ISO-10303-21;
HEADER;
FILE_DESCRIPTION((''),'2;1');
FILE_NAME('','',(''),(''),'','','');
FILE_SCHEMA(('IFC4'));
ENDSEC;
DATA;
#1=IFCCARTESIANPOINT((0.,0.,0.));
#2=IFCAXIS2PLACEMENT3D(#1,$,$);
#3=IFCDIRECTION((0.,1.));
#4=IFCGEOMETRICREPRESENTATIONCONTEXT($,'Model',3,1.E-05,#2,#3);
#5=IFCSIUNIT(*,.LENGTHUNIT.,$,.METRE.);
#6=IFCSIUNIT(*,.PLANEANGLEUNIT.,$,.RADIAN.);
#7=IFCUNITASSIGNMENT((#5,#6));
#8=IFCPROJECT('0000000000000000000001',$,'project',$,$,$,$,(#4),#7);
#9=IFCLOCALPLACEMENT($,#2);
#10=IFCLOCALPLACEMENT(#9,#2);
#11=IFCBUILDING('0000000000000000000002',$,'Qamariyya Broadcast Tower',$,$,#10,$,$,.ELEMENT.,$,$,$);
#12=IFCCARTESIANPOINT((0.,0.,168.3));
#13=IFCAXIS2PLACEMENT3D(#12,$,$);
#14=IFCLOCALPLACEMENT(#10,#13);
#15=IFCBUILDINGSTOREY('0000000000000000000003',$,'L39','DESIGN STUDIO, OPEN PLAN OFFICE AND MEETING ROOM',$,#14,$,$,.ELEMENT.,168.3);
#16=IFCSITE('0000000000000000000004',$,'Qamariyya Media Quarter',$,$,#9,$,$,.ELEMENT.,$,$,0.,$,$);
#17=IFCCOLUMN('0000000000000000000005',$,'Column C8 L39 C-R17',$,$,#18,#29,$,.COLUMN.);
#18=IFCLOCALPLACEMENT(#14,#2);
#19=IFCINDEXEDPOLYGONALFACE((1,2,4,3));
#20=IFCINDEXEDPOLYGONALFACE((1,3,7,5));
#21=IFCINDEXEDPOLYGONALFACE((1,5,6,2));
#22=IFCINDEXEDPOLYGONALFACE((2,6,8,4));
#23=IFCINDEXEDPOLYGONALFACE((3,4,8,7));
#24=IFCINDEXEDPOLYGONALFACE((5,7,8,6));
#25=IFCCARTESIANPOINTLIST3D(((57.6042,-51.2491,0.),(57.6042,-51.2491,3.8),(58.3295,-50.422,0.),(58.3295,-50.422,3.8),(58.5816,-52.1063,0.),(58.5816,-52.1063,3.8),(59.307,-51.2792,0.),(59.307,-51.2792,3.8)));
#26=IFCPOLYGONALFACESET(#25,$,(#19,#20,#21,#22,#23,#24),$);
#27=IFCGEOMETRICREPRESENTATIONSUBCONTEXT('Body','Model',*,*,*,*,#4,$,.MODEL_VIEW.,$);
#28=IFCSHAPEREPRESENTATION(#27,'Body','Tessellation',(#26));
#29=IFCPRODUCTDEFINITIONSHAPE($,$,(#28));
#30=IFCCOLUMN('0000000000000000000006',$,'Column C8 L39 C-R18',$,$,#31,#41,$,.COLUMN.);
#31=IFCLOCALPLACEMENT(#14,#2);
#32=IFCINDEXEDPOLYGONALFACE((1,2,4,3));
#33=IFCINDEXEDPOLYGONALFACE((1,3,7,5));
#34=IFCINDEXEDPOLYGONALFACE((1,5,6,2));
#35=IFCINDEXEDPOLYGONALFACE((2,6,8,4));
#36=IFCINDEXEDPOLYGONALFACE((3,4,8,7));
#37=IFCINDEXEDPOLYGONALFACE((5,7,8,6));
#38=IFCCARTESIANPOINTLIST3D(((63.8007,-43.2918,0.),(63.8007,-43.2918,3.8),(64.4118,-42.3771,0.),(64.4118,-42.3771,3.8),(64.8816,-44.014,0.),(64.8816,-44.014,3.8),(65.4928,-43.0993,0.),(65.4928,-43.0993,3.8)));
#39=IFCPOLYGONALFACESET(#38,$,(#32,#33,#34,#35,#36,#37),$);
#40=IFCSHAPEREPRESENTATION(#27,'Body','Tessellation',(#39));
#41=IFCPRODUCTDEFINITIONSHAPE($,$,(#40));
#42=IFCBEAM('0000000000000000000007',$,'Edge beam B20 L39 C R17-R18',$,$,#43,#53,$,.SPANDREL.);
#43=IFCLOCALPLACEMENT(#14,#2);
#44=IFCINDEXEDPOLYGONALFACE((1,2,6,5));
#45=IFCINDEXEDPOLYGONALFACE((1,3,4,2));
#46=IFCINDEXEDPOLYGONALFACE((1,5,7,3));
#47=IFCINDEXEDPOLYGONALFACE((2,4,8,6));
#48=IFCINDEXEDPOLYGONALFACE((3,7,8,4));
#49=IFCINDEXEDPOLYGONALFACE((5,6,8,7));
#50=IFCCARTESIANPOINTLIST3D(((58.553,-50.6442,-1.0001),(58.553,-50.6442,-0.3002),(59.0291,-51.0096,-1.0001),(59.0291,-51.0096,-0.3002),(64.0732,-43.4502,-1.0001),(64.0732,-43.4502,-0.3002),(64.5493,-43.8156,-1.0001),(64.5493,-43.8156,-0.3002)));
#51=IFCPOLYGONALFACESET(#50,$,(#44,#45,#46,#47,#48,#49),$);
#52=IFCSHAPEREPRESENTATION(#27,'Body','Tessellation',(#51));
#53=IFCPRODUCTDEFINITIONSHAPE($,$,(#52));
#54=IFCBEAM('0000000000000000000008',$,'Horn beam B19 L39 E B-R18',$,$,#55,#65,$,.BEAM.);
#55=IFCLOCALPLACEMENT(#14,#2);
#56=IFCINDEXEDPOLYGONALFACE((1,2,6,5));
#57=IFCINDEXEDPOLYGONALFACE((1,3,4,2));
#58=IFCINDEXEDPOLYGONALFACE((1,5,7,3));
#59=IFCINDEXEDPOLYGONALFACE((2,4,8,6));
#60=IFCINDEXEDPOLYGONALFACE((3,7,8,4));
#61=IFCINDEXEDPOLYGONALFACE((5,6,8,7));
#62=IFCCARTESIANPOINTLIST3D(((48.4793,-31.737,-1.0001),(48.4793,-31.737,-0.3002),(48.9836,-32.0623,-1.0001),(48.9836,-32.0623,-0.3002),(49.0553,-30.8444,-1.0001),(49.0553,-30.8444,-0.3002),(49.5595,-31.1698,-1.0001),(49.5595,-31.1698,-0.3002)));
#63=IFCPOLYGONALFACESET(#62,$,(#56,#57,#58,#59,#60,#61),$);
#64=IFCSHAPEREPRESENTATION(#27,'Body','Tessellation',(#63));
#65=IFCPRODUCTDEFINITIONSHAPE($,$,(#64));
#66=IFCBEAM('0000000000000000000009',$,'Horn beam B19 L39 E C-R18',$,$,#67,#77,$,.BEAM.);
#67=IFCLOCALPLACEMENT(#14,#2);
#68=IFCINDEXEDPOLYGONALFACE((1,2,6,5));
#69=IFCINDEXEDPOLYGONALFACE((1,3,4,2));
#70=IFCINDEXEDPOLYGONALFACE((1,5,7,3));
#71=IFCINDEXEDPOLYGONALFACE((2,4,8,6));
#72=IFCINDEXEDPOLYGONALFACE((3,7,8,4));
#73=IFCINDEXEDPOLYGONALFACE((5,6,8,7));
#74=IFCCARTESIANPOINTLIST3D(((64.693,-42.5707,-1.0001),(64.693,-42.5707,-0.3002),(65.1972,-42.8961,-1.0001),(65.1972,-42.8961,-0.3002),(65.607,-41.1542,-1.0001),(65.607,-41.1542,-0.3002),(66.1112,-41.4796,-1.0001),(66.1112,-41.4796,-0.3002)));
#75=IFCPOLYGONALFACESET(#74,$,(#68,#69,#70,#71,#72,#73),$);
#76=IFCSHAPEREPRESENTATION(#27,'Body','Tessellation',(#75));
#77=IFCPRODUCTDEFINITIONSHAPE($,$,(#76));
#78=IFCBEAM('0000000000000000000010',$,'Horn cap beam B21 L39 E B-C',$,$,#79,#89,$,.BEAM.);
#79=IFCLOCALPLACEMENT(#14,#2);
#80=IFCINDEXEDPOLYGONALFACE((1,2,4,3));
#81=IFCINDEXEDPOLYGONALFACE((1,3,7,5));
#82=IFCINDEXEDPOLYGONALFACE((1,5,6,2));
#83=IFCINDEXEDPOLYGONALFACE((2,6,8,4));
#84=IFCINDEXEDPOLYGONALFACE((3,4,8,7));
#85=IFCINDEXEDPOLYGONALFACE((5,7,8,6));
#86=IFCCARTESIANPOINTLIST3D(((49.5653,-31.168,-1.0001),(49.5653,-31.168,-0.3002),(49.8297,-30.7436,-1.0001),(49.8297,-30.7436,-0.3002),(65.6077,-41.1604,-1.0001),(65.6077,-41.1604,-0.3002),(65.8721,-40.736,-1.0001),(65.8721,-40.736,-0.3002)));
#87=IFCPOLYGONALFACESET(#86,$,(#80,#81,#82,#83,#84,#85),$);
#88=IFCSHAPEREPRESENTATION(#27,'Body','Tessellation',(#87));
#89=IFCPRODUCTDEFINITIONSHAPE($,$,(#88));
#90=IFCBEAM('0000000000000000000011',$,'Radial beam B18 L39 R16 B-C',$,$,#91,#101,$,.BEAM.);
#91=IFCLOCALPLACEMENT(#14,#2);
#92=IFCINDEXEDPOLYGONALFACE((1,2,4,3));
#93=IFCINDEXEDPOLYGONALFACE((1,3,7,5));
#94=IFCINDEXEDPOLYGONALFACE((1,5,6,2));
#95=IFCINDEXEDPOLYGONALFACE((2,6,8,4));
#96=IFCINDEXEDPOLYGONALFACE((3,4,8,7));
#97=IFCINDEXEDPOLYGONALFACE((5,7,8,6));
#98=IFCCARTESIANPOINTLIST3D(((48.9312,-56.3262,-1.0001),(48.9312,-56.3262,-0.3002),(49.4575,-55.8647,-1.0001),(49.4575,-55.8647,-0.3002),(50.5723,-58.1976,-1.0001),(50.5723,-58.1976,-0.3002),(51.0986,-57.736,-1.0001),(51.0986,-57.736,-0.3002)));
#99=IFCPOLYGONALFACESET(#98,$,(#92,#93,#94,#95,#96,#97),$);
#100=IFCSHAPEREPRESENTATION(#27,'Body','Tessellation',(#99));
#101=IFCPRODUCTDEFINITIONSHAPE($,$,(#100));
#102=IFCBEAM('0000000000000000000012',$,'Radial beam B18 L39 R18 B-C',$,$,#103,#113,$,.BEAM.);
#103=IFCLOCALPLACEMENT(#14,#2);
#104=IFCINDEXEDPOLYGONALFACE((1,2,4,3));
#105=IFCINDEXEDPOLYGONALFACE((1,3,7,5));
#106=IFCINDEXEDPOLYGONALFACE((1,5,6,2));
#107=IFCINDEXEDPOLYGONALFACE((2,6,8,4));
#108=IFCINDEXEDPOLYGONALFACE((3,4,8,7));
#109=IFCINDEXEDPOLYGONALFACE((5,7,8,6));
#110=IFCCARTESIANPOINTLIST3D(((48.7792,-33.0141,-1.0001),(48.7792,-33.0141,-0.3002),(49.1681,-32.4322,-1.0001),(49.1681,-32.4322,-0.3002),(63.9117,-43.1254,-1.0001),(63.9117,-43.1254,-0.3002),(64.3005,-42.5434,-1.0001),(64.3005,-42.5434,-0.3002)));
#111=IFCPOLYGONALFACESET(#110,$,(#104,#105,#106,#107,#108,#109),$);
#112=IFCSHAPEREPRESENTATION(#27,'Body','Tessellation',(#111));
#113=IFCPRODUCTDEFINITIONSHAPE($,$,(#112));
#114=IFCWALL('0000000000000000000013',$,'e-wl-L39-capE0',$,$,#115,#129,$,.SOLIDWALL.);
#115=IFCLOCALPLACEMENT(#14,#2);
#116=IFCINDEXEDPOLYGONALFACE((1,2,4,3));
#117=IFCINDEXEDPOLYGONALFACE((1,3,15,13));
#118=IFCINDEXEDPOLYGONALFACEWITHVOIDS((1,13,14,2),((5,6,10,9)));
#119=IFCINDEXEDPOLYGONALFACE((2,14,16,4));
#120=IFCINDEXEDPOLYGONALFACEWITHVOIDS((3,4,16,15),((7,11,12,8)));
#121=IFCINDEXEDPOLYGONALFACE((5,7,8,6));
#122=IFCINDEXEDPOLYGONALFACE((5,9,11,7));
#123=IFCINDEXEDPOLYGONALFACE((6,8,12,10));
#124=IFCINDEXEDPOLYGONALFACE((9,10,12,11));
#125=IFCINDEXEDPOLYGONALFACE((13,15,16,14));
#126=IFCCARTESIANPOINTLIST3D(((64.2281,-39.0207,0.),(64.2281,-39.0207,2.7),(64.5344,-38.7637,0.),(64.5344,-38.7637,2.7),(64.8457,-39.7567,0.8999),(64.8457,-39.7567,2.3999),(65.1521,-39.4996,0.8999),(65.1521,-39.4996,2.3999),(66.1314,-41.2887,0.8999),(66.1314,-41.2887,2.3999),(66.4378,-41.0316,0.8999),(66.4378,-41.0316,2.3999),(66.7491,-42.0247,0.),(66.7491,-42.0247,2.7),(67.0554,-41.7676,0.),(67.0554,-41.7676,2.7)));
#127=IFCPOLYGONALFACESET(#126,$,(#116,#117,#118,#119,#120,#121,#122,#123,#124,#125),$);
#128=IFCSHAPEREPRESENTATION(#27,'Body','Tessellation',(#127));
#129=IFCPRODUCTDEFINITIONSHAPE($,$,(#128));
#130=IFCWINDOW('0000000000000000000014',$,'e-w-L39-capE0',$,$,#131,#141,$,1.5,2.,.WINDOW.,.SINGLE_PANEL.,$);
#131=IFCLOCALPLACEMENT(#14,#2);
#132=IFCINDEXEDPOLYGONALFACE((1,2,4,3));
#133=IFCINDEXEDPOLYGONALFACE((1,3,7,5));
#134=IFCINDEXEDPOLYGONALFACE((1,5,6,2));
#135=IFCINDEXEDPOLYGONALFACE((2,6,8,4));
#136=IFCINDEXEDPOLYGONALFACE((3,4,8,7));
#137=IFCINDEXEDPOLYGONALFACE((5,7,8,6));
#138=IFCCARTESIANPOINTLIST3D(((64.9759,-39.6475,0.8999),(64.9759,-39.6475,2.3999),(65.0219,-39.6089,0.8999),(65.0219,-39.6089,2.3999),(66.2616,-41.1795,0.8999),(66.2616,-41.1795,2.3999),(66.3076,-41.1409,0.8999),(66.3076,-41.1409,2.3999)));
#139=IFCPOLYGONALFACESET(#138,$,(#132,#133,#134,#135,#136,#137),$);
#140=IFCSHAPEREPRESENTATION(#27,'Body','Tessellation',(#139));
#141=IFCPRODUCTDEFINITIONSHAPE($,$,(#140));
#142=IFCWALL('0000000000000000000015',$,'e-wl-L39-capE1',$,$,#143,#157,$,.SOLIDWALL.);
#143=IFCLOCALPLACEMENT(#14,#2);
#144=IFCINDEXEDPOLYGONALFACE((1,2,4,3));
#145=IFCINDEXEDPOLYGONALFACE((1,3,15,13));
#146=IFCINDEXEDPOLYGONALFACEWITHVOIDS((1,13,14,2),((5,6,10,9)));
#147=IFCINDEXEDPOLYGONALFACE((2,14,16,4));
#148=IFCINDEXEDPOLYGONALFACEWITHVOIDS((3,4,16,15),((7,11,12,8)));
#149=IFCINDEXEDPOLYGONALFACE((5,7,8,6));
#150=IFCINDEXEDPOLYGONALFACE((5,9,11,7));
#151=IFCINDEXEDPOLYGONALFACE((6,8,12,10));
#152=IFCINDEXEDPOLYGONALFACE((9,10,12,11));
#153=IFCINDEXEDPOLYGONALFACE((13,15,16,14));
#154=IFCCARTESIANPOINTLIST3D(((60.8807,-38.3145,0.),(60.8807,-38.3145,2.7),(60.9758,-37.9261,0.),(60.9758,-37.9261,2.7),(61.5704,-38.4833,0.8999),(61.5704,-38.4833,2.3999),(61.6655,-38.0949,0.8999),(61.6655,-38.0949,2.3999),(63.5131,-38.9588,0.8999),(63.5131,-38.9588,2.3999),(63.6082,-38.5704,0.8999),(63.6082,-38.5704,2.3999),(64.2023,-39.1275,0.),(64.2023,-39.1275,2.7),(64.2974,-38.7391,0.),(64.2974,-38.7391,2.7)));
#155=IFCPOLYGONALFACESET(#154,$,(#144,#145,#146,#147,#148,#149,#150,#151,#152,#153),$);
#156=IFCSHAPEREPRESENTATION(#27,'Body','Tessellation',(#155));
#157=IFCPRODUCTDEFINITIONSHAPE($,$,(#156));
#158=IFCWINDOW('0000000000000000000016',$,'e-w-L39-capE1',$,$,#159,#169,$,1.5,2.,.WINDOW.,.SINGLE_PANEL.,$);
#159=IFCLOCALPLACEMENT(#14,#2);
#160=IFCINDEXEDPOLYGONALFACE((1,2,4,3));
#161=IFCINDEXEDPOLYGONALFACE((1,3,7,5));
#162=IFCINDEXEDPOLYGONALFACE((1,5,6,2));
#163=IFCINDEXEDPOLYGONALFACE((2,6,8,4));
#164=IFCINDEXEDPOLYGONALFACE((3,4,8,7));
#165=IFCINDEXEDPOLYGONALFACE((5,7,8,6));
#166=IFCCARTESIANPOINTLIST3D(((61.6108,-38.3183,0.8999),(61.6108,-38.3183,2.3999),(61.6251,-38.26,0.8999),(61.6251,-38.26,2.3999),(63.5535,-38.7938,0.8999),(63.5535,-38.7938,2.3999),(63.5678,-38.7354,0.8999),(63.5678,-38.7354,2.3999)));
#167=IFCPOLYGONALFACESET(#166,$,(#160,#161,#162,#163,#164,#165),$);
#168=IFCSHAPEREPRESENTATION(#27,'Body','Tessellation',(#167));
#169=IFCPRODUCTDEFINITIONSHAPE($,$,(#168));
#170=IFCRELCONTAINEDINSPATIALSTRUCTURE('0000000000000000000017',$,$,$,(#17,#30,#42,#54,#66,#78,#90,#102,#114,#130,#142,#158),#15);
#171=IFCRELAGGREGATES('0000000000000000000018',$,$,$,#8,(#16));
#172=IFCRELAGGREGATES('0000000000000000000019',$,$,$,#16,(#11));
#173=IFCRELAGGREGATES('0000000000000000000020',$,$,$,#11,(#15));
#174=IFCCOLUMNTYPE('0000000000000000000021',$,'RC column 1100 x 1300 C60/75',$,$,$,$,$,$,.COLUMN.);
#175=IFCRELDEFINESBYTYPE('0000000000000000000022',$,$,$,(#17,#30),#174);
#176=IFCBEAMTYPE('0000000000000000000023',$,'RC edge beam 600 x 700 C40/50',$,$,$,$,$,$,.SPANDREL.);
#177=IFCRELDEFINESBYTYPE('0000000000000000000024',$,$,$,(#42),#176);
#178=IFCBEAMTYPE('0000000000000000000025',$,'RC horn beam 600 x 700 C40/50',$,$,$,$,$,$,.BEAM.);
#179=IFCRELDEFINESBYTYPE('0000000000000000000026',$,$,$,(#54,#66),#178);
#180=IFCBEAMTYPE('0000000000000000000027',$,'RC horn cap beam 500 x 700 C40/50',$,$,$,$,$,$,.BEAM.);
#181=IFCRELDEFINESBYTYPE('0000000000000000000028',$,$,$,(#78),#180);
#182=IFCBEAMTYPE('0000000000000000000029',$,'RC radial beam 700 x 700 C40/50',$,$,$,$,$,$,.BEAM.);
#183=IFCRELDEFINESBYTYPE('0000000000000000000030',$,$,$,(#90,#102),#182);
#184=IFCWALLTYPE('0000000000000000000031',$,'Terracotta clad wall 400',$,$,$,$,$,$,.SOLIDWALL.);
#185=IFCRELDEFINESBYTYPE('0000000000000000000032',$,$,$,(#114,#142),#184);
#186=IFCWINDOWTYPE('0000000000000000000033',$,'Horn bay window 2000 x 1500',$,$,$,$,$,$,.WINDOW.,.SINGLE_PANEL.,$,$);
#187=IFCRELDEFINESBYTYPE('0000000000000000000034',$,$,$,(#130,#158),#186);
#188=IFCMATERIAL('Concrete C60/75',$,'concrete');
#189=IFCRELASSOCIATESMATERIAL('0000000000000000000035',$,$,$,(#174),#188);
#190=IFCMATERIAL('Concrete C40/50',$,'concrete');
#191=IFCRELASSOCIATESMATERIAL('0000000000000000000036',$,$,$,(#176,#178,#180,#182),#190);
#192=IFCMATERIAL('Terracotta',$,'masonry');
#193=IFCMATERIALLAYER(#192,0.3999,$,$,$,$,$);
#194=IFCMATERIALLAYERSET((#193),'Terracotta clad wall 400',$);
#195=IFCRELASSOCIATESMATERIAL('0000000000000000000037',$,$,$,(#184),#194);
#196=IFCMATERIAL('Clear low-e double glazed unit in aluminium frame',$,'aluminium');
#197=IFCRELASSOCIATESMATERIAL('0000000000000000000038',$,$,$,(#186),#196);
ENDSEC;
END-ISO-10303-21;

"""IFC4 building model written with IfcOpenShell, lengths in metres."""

from ifc_helpers import new_model, si_unit, direction, frame, frame_2d, origin, origin_2d, place, context, subcontext, project, spatial, rectangle, extrude, material, layer, layer_set, material_profile, profile_set, type_object, element, fill, save


model = new_model("IFC4")

# Units and contexts
model_context = context("Model", 3, precision=1e-05, world=origin(), true_north=direction((0.0, 1.0)))
body_context = subcontext(model_context, "Body", "Model", "MODEL_VIEW")
ifc_project = project(units=[si_unit("LENGTHUNIT", "METRE"), si_unit("PLANEANGLEUNIT", "RADIAN")], contexts=[model_context])

# Site, building, storey
site_placement = place(None, origin())
site = spatial("IfcSite", under=ifc_project, at=site_placement, Name="Qamariyya Media Quarter", CompositionType="ELEMENT", RefElevation=0.0)
building_placement = place(site_placement, origin())
building = spatial("IfcBuilding", under=site, at=building_placement, Name="Qamariyya Broadcast Tower", CompositionType="ELEMENT")
storey_placement = place(building_placement, frame((0.0, 0.0, 168.3)))
storey = spatial("IfcBuildingStorey", under=building, at=storey_placement, Name="L39", Description="DESIGN STUDIO, OPEN PLAN OFFICE AND MEETING ROOM", CompositionType="ELEMENT", Elevation=168.3)

# Columns
ifc_material_1 = material(Name="Concrete C60/75", Category="concrete")
ifc_material_profile_1 = material_profile(ifc_material_1, rectangle(XDim=1.1001, YDim=1.3, at=origin_2d()))
ifc_profile_set_1 = profile_set([ifc_material_profile_1], Name="Concrete C60/75")
column_type = type_object("IfcColumnType", Name="RC column 1100 x 1300 C60/75", PredefinedType="COLUMN", material=ifc_profile_set_1)
for number, where, z_axis, x_axis, name in (
    (1, (58.4556, -51.2642, 0.0), (0.0, 0.0, 1.0), (0.659346, 0.75184, 0.0), "Column C8 L39 C-R17"),
    (2, (64.6467, -43.1956, 0.0), (0.0, 0.0, 1.0), (0.55557, 0.83147, 0.0), "Column C8 L39 C-R18"),
):
    element("IfcColumn", number, at=place(storey_placement, frame(where, z_axis=z_axis, x_axis=x_axis)), inside=storey, type_object=column_type, Name=name, PredefinedType="COLUMN", context=body_context, shape_type="SweptSolid", body=[
        extrude(rectangle(XDim=1.1001, YDim=1.3, at=origin_2d()), origin(), (0.0, 0.0, 1.0), 3.8),
    ])

# Beams
ifc_material_2 = material(Name="Concrete C40/50", Category="concrete")
ifc_material_profile_2 = material_profile(ifc_material_2, rectangle(XDim=0.6001, YDim=0.7, at=origin_2d()))
ifc_profile_set_2 = profile_set([ifc_material_profile_2], Name="Concrete C40/50")
beam_type_1 = type_object("IfcBeamType", Name="RC edge beam 600 x 700 C40/50", PredefinedType="SPANDREL", material=ifc_profile_set_2)
beam_1_placement = place(storey_placement, frame((58.791, -50.8269, -0.6501), z_axis=(0.608764, 0.793351, 0.0), x_axis=(-0.793351, 0.608764, 0.0)))
element("IfcBeam", 3, at=beam_1_placement, inside=storey, type_object=beam_type_1, Name="Edge beam B20 L39 C R17-R18", PredefinedType="SPANDREL", context=body_context, shape_type="SweptSolid", body=[
    extrude(rectangle(XDim=0.6001, YDim=0.7, at=origin_2d()), origin(), (0.0, 0.0, 1.0), 9.0679),
])
ifc_material_profile_3 = material_profile(ifc_material_2, rectangle(XDim=0.6001, YDim=0.7, at=origin_2d()))
ifc_profile_set_3 = profile_set([ifc_material_profile_3], Name="Concrete C40/50")
beam_type_2 = type_object("IfcBeamType", Name="RC horn beam 600 x 700 C40/50", PredefinedType="BEAM", material=ifc_profile_set_3)
beam_2_placement = place(storey_placement, frame((48.7314, -31.8997, -0.6501), z_axis=(0.542174, 0.840266, 0.0), x_axis=(-0.840266, 0.542174, 0.0)))
element("IfcBeam", 4, at=beam_2_placement, inside=storey, type_object=beam_type_2, Name="Horn beam B19 L39 E B-R18", PredefinedType="BEAM", context=body_context, shape_type="SweptSolid", body=[
    extrude(rectangle(XDim=0.6001, YDim=0.7, at=origin_2d()), origin(), (0.0, 0.0, 1.0), 1.0623),
])
beam_3_placement = place(storey_placement, frame((64.9451, -42.7334, -0.6501), z_axis=(0.542206, 0.840246, 0.0), x_axis=(-0.840246, 0.542206, 0.0)))
element("IfcBeam", 5, at=beam_3_placement, inside=storey, type_object=beam_type_2, Name="Horn beam B19 L39 E C-R18", PredefinedType="BEAM", context=body_context, shape_type="SweptSolid", body=[
    extrude(rectangle(XDim=0.6001, YDim=0.7, at=origin_2d()), origin(), (0.0, 0.0, 1.0), 1.6858),
])
ifc_material_profile_4 = material_profile(ifc_material_2, rectangle(XDim=0.5, YDim=0.7, at=origin_2d()))
ifc_profile_set_4 = profile_set([ifc_material_profile_4], Name="Concrete C40/50")
beam_type_3 = type_object("IfcBeamType", Name="RC horn cap beam 500 x 700 C40/50", PredefinedType="BEAM", material=ifc_profile_set_4)
beam_4_placement = place(storey_placement, frame((49.6975, -30.9558, -0.6501), z_axis=(0.848809, -0.5287, 0.0), x_axis=(0.5287, 0.848809, 0.0)))
element("IfcBeam", 6, at=beam_4_placement, inside=storey, type_object=beam_type_3, Name="Horn cap beam B21 L39 E B-C", PredefinedType="BEAM", context=body_context, shape_type="SweptSolid", body=[
    extrude(rectangle(XDim=0.5, YDim=0.7, at=origin_2d()), origin(), (0.0, 0.0, 1.0), 18.8999),
])
ifc_material_profile_5 = material_profile(ifc_material_2, rectangle(XDim=0.7, YDim=0.7, at=origin_2d()))
ifc_profile_set_5 = profile_set([ifc_material_profile_5], Name="Concrete C40/50")
beam_type_4 = type_object("IfcBeamType", Name="RC radial beam 700 x 700 C40/50", PredefinedType="BEAM", material=ifc_profile_set_5)
beam_5_placement = place(storey_placement, frame((49.1943, -56.0955, -0.6501), z_axis=(0.659344, -0.751841, 0.0), x_axis=(0.751841, 0.659344, 0.0)))
element("IfcBeam", 7, at=beam_5_placement, inside=storey, type_object=beam_type_4, Name="Radial beam B18 L39 R16 B-C", PredefinedType="BEAM", context=body_context, shape_type="SweptSolid", body=[
    extrude(rectangle(XDim=0.7, YDim=0.7, at=origin_2d()), origin(), (0.0, 0.0, 1.0), 2.489),
])
beam_6_placement = place(storey_placement, frame((48.9736, -32.7231, -0.6501), z_axis=(0.831468, -0.555573, 0.0), x_axis=(0.555573, 0.831468, 0.0)))
element("IfcBeam", 8, at=beam_6_placement, inside=storey, type_object=beam_type_4, Name="Radial beam B18 L39 R18 B-C", PredefinedType="BEAM", context=body_context, shape_type="SweptSolid", body=[
    extrude(rectangle(XDim=0.7, YDim=0.7, at=origin_2d()), origin(), (0.0, 0.0, 1.0), 18.1997),
])

# Walls, openings, windows
ifc_material_3 = material(Name="Terracotta", Category="masonry")
ifc_layer = layer(ifc_material_3, 0.3999)
ifc_layer_set = layer_set([ifc_layer], Name="Terracotta clad wall 400")
wall_type = type_object("IfcWallType", Name="Terracotta clad wall 400", PredefinedType="SOLIDWALL", material=ifc_layer_set)
wall_1_placement = place(storey_placement, frame((66.9023, -41.8962, 0.0), z_axis=(0.0, 0.0, 1.0), x_axis=(-0.64285, 0.765992, 0.0)))
wall_1 = element("IfcWall", 9, at=wall_1_placement, inside=storey, type_object=wall_type, Name="e-wl-L39-capE0", PredefinedType="SOLIDWALL", context=body_context, shape_type="SweptSolid", body=[
    extrude(rectangle(XDim=3.9216, YDim=0.3999, at=frame_2d((1.9609, 0.0))), origin(), (0.0, 0.0, 1.0), 2.7),
])
opening_1_placement = place(wall_1_placement, frame((0.9609, 0.0, 0.8999)))
opening_1 = element("IfcOpeningElement", 10, at=opening_1_placement, cuts=wall_1, PredefinedType="OPENING", context=body_context, shape_type="SweptSolid", body=[
    extrude(rectangle(XDim=2.0, YDim=1.5, at=frame_2d((1.0, 0.75))), frame((0.0, 0.21, 0.0), z_axis=(0.0, -1.0, 0.0), x_axis=(1.0, 0.0, 0.0)), (0.0, 0.0, 1.0), 0.4199),
])
ifc_material_4 = material(Name="Clear low-e double glazed unit in aluminium frame", Category="aluminium")
window_type = type_object("IfcWindowType", Name="Horn bay window 2000 x 1500", PartitioningType="SINGLE_PANEL", PredefinedType="WINDOW", material=ifc_material_4)
window_1_placement = place(opening_1_placement, origin())
window_1 = element("IfcWindow", 11, at=window_1_placement, inside=storey, type_object=window_type, Name="e-w-L39-capE0", OverallHeight=1.5, OverallWidth=2.0, PartitioningType="SINGLE_PANEL", PredefinedType="WINDOW", context=body_context, shape_type="SweptSolid", body=[
    extrude(rectangle(XDim=2.0, YDim=1.5, at=frame_2d((1.0, 0.75))), frame((0.0, 0.03, 0.0), z_axis=(0.0, -1.0, 0.0), x_axis=(1.0, 0.0, 0.0)), (0.0, 0.0, 1.0), 0.0601),
])
fill(opening_1, window_1)
wall_2_placement = place(storey_placement, frame((64.25, -38.9333, 0.0), z_axis=(0.0, 0.0, 1.0), x_axis=(-0.971328, 0.237745, 0.0)))
wall_2 = element("IfcWall", 12, at=wall_2_placement, inside=storey, type_object=wall_type, Name="e-wl-L39-capE1", PredefinedType="SOLIDWALL", context=body_context, shape_type="SweptSolid", body=[
    extrude(rectangle(XDim=3.4197, YDim=0.3999, at=frame_2d((1.71, 0.0))), origin(), (0.0, 0.0, 1.0), 2.7),
])
opening_2_placement = place(wall_2_placement, frame((0.7097, 0.0, 0.8999)))
opening_2 = element("IfcOpeningElement", 13, at=opening_2_placement, cuts=wall_2, PredefinedType="OPENING", context=body_context, shape_type="SweptSolid", body=[
    extrude(rectangle(XDim=2.0, YDim=1.5, at=frame_2d((1.0, 0.75))), frame((0.0, 0.21, 0.0), z_axis=(0.0, -1.0, 0.0), x_axis=(1.0, 0.0, 0.0)), (0.0, 0.0, 1.0), 0.4199),
])
window_2_placement = place(opening_2_placement, origin())
window_2 = element("IfcWindow", 14, at=window_2_placement, inside=storey, type_object=window_type, Name="e-w-L39-capE1", OverallHeight=1.5, OverallWidth=2.0, PartitioningType="SINGLE_PANEL", PredefinedType="WINDOW", context=body_context, shape_type="SweptSolid", body=[
    extrude(rectangle(XDim=2.0, YDim=1.5, at=frame_2d((1.0, 0.75))), frame((0.0, 0.03, 0.0), z_axis=(0.0, -1.0, 0.0), x_axis=(1.0, 0.0, 0.0)), (0.0, 0.0, 1.0), 0.0601),
])
fill(opening_2, window_2)

save(model, "model.ifc")
